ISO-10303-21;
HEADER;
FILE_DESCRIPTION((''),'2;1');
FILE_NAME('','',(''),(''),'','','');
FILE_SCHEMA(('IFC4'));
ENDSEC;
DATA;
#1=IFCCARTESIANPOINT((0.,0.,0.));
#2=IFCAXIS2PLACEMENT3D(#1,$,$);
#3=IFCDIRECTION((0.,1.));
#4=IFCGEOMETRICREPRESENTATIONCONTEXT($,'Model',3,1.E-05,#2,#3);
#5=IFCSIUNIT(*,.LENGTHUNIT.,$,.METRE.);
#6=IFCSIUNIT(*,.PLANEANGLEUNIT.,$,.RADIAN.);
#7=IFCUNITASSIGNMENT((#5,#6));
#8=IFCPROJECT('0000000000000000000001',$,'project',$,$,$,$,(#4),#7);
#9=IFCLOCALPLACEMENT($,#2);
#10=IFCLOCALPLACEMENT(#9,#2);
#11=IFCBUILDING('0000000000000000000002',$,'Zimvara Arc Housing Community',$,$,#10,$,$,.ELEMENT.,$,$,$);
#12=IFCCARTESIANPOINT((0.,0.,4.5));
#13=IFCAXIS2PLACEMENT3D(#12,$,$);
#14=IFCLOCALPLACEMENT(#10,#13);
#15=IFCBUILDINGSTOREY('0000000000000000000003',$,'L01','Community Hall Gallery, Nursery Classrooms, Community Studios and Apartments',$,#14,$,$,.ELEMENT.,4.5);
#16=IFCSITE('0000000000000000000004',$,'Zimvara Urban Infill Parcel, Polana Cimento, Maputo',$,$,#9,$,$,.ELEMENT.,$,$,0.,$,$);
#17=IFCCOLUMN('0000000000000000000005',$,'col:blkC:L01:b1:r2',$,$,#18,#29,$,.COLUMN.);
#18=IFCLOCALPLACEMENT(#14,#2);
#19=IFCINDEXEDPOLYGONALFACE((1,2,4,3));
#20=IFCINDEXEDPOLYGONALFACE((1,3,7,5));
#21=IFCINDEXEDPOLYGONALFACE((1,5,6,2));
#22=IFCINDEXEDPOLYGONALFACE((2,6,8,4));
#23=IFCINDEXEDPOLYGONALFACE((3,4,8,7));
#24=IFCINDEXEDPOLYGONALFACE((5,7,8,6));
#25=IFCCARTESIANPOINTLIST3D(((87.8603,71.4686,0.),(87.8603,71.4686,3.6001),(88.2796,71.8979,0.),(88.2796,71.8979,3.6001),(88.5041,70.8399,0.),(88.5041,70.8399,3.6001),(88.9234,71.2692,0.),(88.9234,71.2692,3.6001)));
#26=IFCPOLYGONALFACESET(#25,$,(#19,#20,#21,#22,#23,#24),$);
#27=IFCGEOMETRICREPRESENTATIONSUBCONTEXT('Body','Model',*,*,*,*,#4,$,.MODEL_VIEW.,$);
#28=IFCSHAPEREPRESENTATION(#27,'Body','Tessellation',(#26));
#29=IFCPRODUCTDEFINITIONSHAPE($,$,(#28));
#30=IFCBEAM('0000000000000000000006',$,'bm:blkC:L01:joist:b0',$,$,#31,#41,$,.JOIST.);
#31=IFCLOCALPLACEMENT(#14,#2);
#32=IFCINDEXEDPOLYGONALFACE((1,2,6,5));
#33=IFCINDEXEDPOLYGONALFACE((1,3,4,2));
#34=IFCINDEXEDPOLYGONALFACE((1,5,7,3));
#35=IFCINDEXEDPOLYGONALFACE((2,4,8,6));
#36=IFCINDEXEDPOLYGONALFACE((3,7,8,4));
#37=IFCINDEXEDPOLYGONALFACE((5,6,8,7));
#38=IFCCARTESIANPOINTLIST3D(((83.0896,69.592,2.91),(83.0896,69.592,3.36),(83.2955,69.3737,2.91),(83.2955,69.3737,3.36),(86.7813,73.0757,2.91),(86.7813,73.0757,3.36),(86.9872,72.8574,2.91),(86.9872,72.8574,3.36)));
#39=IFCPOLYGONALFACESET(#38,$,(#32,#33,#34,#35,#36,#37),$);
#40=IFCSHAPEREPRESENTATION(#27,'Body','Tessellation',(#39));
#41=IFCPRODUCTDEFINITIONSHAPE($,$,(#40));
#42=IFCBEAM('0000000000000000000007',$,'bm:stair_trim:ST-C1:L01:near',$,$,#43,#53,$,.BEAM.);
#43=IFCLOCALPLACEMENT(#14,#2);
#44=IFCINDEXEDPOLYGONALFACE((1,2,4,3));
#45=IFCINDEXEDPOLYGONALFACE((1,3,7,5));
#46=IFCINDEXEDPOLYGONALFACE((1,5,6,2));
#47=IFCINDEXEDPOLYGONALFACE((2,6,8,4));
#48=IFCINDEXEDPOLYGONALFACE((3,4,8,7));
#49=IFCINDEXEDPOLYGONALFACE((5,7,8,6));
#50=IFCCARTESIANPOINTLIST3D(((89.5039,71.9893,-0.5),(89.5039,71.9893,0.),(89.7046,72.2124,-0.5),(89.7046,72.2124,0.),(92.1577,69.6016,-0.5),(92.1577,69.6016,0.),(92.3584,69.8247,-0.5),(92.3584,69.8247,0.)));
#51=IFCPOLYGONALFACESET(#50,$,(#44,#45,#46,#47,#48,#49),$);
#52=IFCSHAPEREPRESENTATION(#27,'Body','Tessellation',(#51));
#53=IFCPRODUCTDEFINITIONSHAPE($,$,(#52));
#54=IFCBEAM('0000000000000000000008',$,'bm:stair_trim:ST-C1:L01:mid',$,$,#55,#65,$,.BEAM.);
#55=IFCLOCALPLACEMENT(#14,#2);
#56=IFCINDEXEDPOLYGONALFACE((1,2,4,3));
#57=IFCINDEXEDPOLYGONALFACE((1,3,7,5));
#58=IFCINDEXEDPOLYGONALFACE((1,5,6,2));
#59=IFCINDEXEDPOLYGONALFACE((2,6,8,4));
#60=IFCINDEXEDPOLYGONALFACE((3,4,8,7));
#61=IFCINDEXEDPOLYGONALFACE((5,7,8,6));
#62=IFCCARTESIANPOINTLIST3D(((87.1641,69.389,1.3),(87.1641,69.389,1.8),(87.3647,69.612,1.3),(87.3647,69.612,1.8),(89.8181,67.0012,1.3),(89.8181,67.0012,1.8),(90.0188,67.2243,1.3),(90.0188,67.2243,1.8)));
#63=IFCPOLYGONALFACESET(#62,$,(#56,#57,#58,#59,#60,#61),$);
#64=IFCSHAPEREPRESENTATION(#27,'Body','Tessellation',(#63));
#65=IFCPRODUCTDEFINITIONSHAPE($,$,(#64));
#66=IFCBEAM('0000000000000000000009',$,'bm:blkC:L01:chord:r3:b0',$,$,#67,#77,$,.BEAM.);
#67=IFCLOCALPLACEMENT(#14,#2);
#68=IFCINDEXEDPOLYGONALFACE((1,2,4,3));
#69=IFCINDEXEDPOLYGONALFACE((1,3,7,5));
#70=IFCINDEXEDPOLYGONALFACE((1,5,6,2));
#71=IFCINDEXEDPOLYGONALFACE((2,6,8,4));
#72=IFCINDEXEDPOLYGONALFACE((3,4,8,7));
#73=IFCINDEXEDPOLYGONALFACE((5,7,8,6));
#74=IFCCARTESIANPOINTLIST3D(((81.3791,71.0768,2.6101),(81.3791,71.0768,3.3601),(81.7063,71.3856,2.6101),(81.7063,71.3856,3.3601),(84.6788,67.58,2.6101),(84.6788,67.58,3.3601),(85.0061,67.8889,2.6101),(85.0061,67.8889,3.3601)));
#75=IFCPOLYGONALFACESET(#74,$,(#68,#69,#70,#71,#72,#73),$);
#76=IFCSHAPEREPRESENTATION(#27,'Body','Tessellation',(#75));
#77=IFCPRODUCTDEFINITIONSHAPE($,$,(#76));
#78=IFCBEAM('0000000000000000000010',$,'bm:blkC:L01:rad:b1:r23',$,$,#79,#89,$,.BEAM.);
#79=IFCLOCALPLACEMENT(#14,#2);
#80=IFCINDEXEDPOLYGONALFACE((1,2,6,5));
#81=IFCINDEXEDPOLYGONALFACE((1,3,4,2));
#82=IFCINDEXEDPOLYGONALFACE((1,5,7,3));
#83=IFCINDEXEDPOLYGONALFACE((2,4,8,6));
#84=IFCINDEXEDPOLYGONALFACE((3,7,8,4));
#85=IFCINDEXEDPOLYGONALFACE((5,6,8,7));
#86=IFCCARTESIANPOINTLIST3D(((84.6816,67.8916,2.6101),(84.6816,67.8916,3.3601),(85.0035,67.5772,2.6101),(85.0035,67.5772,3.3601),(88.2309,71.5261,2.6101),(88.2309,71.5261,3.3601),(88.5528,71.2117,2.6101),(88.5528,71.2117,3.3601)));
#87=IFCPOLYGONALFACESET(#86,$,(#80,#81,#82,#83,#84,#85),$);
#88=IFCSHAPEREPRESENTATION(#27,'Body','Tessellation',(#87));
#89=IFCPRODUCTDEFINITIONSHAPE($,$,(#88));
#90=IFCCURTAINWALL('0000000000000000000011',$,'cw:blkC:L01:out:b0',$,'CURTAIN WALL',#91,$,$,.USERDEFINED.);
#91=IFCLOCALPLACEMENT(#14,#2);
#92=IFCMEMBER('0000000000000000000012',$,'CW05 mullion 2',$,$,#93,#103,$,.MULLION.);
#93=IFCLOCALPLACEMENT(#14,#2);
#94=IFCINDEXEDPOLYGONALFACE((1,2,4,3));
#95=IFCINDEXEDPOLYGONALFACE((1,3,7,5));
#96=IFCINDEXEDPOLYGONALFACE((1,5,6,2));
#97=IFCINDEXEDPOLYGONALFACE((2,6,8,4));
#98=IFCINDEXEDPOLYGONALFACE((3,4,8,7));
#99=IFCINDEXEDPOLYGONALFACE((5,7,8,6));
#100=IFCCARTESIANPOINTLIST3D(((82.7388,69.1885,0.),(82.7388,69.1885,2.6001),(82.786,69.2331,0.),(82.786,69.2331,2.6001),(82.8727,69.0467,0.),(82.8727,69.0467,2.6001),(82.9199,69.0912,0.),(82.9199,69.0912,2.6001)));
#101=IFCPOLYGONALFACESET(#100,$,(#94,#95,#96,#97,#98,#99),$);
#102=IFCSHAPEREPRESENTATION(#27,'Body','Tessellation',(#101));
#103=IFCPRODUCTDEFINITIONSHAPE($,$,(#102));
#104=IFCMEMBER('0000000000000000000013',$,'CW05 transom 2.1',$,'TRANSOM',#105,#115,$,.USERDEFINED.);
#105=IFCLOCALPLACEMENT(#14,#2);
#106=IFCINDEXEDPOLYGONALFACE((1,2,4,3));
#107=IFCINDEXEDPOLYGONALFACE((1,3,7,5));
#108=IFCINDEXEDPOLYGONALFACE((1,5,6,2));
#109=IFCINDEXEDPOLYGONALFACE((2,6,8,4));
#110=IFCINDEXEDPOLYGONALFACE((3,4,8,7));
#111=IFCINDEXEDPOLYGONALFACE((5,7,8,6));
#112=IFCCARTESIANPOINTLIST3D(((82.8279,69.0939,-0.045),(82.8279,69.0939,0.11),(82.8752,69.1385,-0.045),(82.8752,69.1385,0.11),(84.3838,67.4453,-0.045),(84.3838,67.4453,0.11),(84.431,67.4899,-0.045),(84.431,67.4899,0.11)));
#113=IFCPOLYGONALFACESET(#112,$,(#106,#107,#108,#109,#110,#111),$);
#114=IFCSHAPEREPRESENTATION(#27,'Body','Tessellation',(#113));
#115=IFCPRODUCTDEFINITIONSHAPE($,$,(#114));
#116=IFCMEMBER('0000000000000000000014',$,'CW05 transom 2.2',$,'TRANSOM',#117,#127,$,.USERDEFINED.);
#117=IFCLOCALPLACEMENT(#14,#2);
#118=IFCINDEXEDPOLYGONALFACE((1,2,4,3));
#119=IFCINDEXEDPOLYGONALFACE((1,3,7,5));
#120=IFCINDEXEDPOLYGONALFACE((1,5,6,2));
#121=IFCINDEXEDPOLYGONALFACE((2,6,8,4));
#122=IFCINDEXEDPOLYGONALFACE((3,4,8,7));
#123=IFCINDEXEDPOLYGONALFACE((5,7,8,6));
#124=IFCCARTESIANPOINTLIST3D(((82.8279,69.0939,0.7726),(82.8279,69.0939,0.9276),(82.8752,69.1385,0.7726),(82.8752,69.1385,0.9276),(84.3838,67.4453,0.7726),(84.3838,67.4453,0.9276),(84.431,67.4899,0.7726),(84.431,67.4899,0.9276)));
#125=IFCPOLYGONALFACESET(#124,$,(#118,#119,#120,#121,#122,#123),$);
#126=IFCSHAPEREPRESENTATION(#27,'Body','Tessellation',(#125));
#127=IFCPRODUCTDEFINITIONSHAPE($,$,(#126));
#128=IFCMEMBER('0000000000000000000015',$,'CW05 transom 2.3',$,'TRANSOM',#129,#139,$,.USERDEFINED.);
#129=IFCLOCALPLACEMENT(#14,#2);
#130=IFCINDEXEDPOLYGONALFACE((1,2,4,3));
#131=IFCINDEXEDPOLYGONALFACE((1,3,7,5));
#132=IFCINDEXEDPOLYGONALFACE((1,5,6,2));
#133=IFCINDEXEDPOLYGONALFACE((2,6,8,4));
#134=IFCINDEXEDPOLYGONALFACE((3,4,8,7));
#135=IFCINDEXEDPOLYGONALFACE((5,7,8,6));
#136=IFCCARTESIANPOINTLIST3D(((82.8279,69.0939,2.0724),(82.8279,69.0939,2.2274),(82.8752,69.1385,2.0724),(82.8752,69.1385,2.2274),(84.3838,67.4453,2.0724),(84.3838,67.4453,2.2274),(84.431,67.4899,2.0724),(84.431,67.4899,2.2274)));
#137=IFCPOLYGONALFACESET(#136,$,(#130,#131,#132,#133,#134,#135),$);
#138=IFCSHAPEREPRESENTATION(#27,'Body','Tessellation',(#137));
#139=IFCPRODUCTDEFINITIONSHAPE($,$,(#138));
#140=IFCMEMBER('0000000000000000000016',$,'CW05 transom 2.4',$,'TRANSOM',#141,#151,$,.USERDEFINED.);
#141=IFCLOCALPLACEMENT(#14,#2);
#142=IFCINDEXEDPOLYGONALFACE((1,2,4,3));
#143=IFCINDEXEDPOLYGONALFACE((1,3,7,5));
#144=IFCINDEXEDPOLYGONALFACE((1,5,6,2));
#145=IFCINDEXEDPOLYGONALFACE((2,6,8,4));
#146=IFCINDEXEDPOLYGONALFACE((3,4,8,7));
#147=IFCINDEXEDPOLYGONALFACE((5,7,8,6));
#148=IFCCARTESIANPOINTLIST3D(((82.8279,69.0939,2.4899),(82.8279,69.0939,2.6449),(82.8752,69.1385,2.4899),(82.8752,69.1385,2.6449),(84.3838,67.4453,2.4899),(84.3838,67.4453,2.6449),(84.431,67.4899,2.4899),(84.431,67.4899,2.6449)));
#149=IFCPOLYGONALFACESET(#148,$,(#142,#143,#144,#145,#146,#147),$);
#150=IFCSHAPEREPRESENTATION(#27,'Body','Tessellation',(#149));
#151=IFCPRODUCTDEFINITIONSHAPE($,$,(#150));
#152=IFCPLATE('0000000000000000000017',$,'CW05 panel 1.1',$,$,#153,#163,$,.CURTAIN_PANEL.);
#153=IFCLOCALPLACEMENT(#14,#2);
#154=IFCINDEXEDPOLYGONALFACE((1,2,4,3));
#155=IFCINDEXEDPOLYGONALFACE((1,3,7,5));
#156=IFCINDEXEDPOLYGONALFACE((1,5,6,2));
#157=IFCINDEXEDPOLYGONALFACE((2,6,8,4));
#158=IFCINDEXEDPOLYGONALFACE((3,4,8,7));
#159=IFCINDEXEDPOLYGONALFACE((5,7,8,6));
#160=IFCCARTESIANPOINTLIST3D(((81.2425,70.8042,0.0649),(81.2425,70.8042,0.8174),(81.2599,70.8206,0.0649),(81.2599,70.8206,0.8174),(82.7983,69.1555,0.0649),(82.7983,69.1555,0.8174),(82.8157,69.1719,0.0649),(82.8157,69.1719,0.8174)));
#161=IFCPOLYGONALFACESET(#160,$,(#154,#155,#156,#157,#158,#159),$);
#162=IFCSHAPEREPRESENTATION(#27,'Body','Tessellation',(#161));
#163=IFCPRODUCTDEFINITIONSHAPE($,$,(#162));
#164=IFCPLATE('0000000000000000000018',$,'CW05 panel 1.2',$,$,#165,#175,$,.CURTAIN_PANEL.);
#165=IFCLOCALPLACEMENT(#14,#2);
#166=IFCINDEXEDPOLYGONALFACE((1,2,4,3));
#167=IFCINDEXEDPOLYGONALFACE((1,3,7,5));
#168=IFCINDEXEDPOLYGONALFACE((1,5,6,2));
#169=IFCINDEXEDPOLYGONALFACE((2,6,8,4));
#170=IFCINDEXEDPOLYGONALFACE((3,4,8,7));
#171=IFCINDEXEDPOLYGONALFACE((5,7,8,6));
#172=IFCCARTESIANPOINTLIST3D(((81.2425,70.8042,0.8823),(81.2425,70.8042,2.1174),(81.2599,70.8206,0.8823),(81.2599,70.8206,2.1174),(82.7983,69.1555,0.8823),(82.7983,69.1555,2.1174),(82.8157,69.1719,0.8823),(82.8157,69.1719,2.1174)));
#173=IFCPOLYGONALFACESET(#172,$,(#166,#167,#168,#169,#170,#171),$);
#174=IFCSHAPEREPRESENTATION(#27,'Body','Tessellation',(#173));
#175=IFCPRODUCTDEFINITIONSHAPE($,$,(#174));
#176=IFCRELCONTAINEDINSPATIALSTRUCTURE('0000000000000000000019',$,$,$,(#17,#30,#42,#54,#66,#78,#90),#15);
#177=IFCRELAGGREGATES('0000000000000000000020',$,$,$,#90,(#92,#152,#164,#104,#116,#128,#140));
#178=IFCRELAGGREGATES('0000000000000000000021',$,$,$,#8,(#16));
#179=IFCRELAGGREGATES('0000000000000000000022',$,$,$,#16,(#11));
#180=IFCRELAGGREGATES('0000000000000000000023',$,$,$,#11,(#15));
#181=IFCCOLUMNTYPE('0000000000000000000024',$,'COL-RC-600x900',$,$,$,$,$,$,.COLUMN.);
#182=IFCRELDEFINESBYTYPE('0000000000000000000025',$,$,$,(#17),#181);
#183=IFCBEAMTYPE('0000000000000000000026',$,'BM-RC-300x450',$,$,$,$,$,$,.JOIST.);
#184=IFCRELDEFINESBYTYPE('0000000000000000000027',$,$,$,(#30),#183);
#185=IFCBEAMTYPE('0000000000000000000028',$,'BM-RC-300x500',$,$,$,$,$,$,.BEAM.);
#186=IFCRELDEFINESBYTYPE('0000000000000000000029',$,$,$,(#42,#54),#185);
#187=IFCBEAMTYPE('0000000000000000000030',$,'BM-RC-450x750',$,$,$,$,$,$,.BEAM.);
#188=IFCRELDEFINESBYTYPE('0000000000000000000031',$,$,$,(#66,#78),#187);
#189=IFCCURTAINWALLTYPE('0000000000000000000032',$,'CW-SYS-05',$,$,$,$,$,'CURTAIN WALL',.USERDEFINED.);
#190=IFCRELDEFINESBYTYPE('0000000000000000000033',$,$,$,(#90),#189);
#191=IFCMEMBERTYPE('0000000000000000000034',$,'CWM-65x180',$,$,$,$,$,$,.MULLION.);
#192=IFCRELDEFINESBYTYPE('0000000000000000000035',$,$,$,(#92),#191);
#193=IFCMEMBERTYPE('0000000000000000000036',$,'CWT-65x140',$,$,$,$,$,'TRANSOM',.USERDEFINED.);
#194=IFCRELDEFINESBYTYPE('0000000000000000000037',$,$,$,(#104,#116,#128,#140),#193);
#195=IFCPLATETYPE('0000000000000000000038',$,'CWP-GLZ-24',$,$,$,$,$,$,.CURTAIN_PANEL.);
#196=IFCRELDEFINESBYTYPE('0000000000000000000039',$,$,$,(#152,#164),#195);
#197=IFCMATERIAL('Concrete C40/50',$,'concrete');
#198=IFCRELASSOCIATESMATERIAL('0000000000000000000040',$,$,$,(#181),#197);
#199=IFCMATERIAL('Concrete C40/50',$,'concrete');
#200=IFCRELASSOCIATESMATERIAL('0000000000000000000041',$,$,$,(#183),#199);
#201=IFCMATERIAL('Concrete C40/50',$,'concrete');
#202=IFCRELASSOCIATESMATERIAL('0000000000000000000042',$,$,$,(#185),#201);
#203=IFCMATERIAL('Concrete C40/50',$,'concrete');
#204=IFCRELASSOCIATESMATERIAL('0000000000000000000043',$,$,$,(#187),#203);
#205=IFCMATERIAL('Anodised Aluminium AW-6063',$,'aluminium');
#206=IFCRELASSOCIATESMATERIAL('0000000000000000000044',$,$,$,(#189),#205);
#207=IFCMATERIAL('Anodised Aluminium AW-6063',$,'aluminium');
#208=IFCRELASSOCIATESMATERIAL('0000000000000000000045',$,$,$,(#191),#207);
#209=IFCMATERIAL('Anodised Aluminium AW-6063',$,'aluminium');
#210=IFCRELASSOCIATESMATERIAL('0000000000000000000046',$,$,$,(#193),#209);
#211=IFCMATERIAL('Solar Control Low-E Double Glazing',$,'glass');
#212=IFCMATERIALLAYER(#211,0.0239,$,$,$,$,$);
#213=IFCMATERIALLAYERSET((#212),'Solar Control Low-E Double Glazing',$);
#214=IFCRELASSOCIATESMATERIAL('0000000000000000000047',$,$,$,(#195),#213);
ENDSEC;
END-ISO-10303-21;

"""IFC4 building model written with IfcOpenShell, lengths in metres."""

from ifc_helpers import new_model, si_unit, direction, frame, origin, origin_2d, place, context, subcontext, project, spatial, rectangle, extrude, material, layer, layer_set, material_profile, profile_set, type_object, element, aggregate, save


model = new_model("IFC4")

# Units and contexts
model_context = context("Model", 3, precision=1e-05, world=origin(), true_north=direction((0.0, 1.0)))
body_context = subcontext(model_context, "Body", "Model", "MODEL_VIEW")
ifc_project = project(units=[si_unit("LENGTHUNIT", "METRE"), si_unit("PLANEANGLEUNIT", "RADIAN")], contexts=[model_context])

# Site, building, storey
site_placement = place(None, origin())
site = spatial("IfcSite", under=ifc_project, at=site_placement, Name="Zimvara Urban Infill Parcel, Polana Cimento, Maputo", CompositionType="ELEMENT", RefElevation=0.0)
building_placement = place(site_placement, origin())
building = spatial("IfcBuilding", under=site, at=building_placement, Name="Zimvara Arc Housing Community", CompositionType="ELEMENT")
storey_placement = place(building_placement, frame((0.0, 0.0, 4.5)))
storey = spatial("IfcBuildingStorey", under=building, at=storey_placement, Name="L01", Description="Community Hall Gallery, Nursery Classrooms, Community Studios and Apartments", CompositionType="ELEMENT", Elevation=4.5)

# Column
ifc_material_1 = material(Name="Concrete C40/50", Category="concrete")
ifc_material_profile_1 = material_profile(ifc_material_1, rectangle(XDim=0.6001, YDim=0.8999, at=origin_2d()), Name="RC 600x900")
ifc_profile_set_1 = profile_set([ifc_material_profile_1], Name="Concrete C40/50")
column_type_1 = type_object("IfcColumnType", Name="COL-RC-600x900", PredefinedType="COLUMN", material=ifc_profile_set_1)
column_1_placement = place(storey_placement, frame((88.3918, 71.3689, 0.0), z_axis=(0.0, 0.0, 1.0), x_axis=(-0.698665, -0.715449, 0.0)))
element("IfcColumn", 1, at=column_1_placement, inside=storey, type_object=column_type_1, Name="col:blkC:L01:b1:r2", PredefinedType="COLUMN", context=body_context, shape_type="SweptSolid", body=[
    extrude(rectangle(XDim=0.6001, YDim=0.8999, at=origin_2d()), origin(), (0.0, 0.0, 1.0), 3.6001),
])

# Beams
ifc_material_2 = material(Name="Concrete C40/50", Category="concrete")
ifc_material_profile_2 = material_profile(ifc_material_2, rectangle(XDim=0.3, YDim=0.45, at=origin_2d()), Name="RC 300x450")
ifc_profile_set_2 = profile_set([ifc_material_profile_2], Name="Concrete C40/50")
beam_type_1 = type_object("IfcBeamType", Name="BM-RC-300x450", PredefinedType="JOIST", material=ifc_profile_set_2)
beam_1_placement = place(storey_placement, frame((86.8843, 72.9666, 3.135), z_axis=(-0.7273, -0.68632, 0.0), x_axis=(0.68632, -0.7273, 0.0)))
element("IfcBeam", 2, at=beam_1_placement, inside=storey, type_object=beam_type_1, Name="bm:blkC:L01:joist:b0", PredefinedType="JOIST", context=body_context, shape_type="SweptSolid", body=[
    extrude(rectangle(XDim=0.3, YDim=0.45, at=origin_2d()), origin(), (0.0, 0.0, 1.0), 5.0759),
])
ifc_material_3 = material(Name="Concrete C40/50", Category="concrete")
ifc_material_profile_3 = material_profile(ifc_material_3, rectangle(XDim=0.3, YDim=0.5, at=origin_2d()), Name="RC 300x500")
ifc_profile_set_3 = profile_set([ifc_material_profile_3], Name="Concrete C40/50")
beam_type_2 = type_object("IfcBeamType", Name="BM-RC-300x500", PredefinedType="BEAM", material=ifc_profile_set_3)
beam_2_placement = place(storey_placement, frame((89.6042, 72.1008, -0.25), z_axis=(0.743396, -0.668851, 0.0), x_axis=(0.668851, 0.743396, 0.0)))
element("IfcBeam", 3, at=beam_2_placement, inside=storey, type_object=beam_type_2, Name="bm:stair_trim:ST-C1:L01:near", PredefinedType="BEAM", context=body_context, shape_type="SweptSolid", body=[
    extrude(rectangle(XDim=0.3, YDim=0.5, at=origin_2d()), origin(), (0.0, 0.0, 1.0), 3.5698),
])
beam_3_placement = place(storey_placement, frame((87.2644, 69.5005, 1.55), z_axis=(0.743427, -0.668817, 0.0), x_axis=(0.668817, 0.743427, 0.0)))
element("IfcBeam", 4, at=beam_3_placement, inside=storey, type_object=beam_type_2, Name="bm:stair_trim:ST-C1:L01:mid", PredefinedType="BEAM", context=body_context, shape_type="SweptSolid", body=[
    extrude(rectangle(XDim=0.3, YDim=0.5, at=origin_2d()), origin(), (0.0, 0.0, 1.0), 3.5701),
])
ifc_material_4 = material(Name="Concrete C40/50", Category="concrete")
ifc_material_profile_4 = material_profile(ifc_material_4, rectangle(XDim=0.45, YDim=0.75, at=origin_2d()), Name="RC 450x750")
ifc_profile_set_4 = profile_set([ifc_material_profile_4], Name="Concrete C40/50")
beam_type_3 = type_object("IfcBeamType", Name="BM-RC-450x750", PredefinedType="BEAM", material=ifc_profile_set_4)
beam_4_placement = place(storey_placement, frame((81.5427, 71.2312, 2.9851), z_axis=(0.686321, -0.727299, 0.0), x_axis=(0.727299, 0.686321, 0.0)))
element("IfcBeam", 5, at=beam_4_placement, inside=storey, type_object=beam_type_3, Name="bm:blkC:L01:chord:r3:b0", PredefinedType="BEAM", context=body_context, shape_type="SweptSolid", body=[
    extrude(rectangle(XDim=0.45, YDim=0.75, at=origin_2d()), origin(), (0.0, 0.0, 1.0), 4.8079),
])
beam_5_placement = place(storey_placement, frame((88.3918, 71.3689, 2.9851), z_axis=(-0.698671, -0.715443, 0.0), x_axis=(0.715443, -0.698671, 0.0)))
element("IfcBeam", 6, at=beam_5_placement, inside=storey, type_object=beam_type_3, Name="bm:blkC:L01:rad:b1:r23", PredefinedType="BEAM", context=body_context, shape_type="SweptSolid", body=[
    extrude(rectangle(XDim=0.45, YDim=0.75, at=origin_2d()), origin(), (0.0, 0.0, 1.0), 5.0801),
])

# Curtain wall, members, plates
ifc_material_5 = material(Name="Anodised Aluminium AW-6063", Category="aluminium")
curtain_wall_type = type_object("IfcCurtainWallType", Name="CW-SYS-05", ElementType="CURTAIN WALL", PredefinedType="USERDEFINED", material=ifc_material_5)
curtain_wall_placement = place(storey_placement, origin())
curtain_wall = element("IfcCurtainWall", 7, at=curtain_wall_placement, inside=storey, type_object=curtain_wall_type, Name="cw:blkC:L01:out:b0", ObjectType="CURTAIN WALL", PredefinedType="USERDEFINED")
ifc_material_6 = material(Name="Anodised Aluminium AW-6063", Category="aluminium")
ifc_material_profile_5 = material_profile(ifc_material_6, rectangle(XDim=0.0649, YDim=0.1951, at=origin_2d()), Name="ALU 65x195")
ifc_profile_set_5 = profile_set([ifc_material_profile_5], Name="Anodised Aluminium AW-6063")
member_type_1 = type_object("IfcMemberType", Name="CWM-65x180", PredefinedType="MULLION", material=ifc_profile_set_5)
member_1_placement = place(storey_placement, frame((82.8293, 69.1399, 0.0), z_axis=(0.0, 0.0, 1.0), x_axis=(0.727294, 0.686326, 0.0)))
member_1 = element("IfcMember", 8, at=member_1_placement, type_object=member_type_1, Name="CW05 mullion 2", PredefinedType="MULLION", context=body_context, shape_type="SweptSolid", body=[
    extrude(rectangle(XDim=0.0649, YDim=0.1951, at=origin_2d()), origin(), (0.0, 0.0, 1.0), 2.6001),
])
ifc_material_7 = material(Name="Anodised Aluminium AW-6063", Category="aluminium")
ifc_material_profile_6 = material_profile(ifc_material_7, rectangle(XDim=0.0649, YDim=0.155, at=origin_2d()), Name="ALU 65x155")
ifc_profile_set_6 = profile_set([ifc_material_profile_6], Name="Anodised Aluminium AW-6063")
member_type_2 = type_object("IfcMemberType", Name="CWT-65x140", ElementType="TRANSOM", PredefinedType="USERDEFINED", material=ifc_profile_set_6)
member_2_placement = place(storey_placement, frame((82.8516, 69.1162, 0.0325), z_axis=(0.686348, -0.727273, 0.0), x_axis=(0.727273, 0.686348, 0.0)))
member_2 = element("IfcMember", 9, at=member_2_placement, type_object=member_type_2, Name="CW05 transom 2.1", ObjectType="TRANSOM", PredefinedType="USERDEFINED", context=body_context, shape_type="SweptSolid", body=[
    extrude(rectangle(XDim=0.0649, YDim=0.155, at=origin_2d()), origin(), (0.0, 0.0, 1.0), 2.2668),
])
member_3_placement = place(storey_placement, frame((82.8516, 69.1162, 0.8501), z_axis=(0.686348, -0.727273, 0.0), x_axis=(0.727273, 0.686348, 0.0)))
member_3 = element("IfcMember", 10, at=member_3_placement, type_object=member_type_2, Name="CW05 transom 2.2", ObjectType="TRANSOM", PredefinedType="USERDEFINED", context=body_context, shape_type="SweptSolid", body=[
    extrude(rectangle(XDim=0.0649, YDim=0.155, at=origin_2d()), origin(), (0.0, 0.0, 1.0), 2.2668),
])
member_4_placement = place(storey_placement, frame((82.8516, 69.1162, 2.1499), z_axis=(0.686348, -0.727273, 0.0), x_axis=(0.727273, 0.686348, 0.0)))
member_4 = element("IfcMember", 11, at=member_4_placement, type_object=member_type_2, Name="CW05 transom 2.3", ObjectType="TRANSOM", PredefinedType="USERDEFINED", context=body_context, shape_type="SweptSolid", body=[
    extrude(rectangle(XDim=0.0649, YDim=0.155, at=origin_2d()), origin(), (0.0, 0.0, 1.0), 2.2668),
])
member_5_placement = place(storey_placement, frame((82.8516, 69.1162, 2.5674), z_axis=(0.686348, -0.727273, 0.0), x_axis=(0.727273, 0.686348, 0.0)))
member_5 = element("IfcMember", 12, at=member_5_placement, type_object=member_type_2, Name="CW05 transom 2.4", ObjectType="TRANSOM", PredefinedType="USERDEFINED", context=body_context, shape_type="SweptSolid", body=[
    extrude(rectangle(XDim=0.0649, YDim=0.155, at=origin_2d()), origin(), (0.0, 0.0, 1.0), 2.2668),
])
ifc_material_8 = material(Name="Solar Control Low-E Double Glazing", Category="glass")
ifc_layer_1 = layer(ifc_material_8, 0.0239)
ifc_layer_set_1 = layer_set([ifc_layer_1], Name="Solar Control Low-E Double Glazing")
plate_type = type_object("IfcPlateType", Name="CWP-GLZ-24", PredefinedType="CURTAIN_PANEL", material=ifc_layer_set_1)
plate_1_placement = place(storey_placement, frame((82.0291, 69.988, 0.0649), z_axis=(0.0, 0.0, 1.0), x_axis=(0.686326, -0.727294, 0.0)))
plate_1 = element("IfcPlate", 13, at=plate_1_placement, type_object=plate_type, Name="CW05 panel 1.1", PredefinedType="CURTAIN_PANEL", context=body_context, shape_type="SweptSolid", body=[
    extrude(rectangle(XDim=2.2668, YDim=0.0239, at=origin_2d()), origin(), (0.0, 0.0, 1.0), 0.7524),
])
plate_2_placement = place(storey_placement, frame((82.0291, 69.988, 0.8823), z_axis=(0.0, 0.0, 1.0), x_axis=(0.686326, -0.727294, 0.0)))
plate_2 = element("IfcPlate", 14, at=plate_2_placement, type_object=plate_type, Name="CW05 panel 1.2", PredefinedType="CURTAIN_PANEL", context=body_context, shape_type="SweptSolid", body=[
    extrude(rectangle(XDim=2.2668, YDim=0.0239, at=origin_2d()), origin(), (0.0, 0.0, 1.0), 1.2351),
])
aggregate(curtain_wall, [member_1, plate_1, plate_2, member_2, member_3, member_4, member_5])

save(model, "model.ifc")
